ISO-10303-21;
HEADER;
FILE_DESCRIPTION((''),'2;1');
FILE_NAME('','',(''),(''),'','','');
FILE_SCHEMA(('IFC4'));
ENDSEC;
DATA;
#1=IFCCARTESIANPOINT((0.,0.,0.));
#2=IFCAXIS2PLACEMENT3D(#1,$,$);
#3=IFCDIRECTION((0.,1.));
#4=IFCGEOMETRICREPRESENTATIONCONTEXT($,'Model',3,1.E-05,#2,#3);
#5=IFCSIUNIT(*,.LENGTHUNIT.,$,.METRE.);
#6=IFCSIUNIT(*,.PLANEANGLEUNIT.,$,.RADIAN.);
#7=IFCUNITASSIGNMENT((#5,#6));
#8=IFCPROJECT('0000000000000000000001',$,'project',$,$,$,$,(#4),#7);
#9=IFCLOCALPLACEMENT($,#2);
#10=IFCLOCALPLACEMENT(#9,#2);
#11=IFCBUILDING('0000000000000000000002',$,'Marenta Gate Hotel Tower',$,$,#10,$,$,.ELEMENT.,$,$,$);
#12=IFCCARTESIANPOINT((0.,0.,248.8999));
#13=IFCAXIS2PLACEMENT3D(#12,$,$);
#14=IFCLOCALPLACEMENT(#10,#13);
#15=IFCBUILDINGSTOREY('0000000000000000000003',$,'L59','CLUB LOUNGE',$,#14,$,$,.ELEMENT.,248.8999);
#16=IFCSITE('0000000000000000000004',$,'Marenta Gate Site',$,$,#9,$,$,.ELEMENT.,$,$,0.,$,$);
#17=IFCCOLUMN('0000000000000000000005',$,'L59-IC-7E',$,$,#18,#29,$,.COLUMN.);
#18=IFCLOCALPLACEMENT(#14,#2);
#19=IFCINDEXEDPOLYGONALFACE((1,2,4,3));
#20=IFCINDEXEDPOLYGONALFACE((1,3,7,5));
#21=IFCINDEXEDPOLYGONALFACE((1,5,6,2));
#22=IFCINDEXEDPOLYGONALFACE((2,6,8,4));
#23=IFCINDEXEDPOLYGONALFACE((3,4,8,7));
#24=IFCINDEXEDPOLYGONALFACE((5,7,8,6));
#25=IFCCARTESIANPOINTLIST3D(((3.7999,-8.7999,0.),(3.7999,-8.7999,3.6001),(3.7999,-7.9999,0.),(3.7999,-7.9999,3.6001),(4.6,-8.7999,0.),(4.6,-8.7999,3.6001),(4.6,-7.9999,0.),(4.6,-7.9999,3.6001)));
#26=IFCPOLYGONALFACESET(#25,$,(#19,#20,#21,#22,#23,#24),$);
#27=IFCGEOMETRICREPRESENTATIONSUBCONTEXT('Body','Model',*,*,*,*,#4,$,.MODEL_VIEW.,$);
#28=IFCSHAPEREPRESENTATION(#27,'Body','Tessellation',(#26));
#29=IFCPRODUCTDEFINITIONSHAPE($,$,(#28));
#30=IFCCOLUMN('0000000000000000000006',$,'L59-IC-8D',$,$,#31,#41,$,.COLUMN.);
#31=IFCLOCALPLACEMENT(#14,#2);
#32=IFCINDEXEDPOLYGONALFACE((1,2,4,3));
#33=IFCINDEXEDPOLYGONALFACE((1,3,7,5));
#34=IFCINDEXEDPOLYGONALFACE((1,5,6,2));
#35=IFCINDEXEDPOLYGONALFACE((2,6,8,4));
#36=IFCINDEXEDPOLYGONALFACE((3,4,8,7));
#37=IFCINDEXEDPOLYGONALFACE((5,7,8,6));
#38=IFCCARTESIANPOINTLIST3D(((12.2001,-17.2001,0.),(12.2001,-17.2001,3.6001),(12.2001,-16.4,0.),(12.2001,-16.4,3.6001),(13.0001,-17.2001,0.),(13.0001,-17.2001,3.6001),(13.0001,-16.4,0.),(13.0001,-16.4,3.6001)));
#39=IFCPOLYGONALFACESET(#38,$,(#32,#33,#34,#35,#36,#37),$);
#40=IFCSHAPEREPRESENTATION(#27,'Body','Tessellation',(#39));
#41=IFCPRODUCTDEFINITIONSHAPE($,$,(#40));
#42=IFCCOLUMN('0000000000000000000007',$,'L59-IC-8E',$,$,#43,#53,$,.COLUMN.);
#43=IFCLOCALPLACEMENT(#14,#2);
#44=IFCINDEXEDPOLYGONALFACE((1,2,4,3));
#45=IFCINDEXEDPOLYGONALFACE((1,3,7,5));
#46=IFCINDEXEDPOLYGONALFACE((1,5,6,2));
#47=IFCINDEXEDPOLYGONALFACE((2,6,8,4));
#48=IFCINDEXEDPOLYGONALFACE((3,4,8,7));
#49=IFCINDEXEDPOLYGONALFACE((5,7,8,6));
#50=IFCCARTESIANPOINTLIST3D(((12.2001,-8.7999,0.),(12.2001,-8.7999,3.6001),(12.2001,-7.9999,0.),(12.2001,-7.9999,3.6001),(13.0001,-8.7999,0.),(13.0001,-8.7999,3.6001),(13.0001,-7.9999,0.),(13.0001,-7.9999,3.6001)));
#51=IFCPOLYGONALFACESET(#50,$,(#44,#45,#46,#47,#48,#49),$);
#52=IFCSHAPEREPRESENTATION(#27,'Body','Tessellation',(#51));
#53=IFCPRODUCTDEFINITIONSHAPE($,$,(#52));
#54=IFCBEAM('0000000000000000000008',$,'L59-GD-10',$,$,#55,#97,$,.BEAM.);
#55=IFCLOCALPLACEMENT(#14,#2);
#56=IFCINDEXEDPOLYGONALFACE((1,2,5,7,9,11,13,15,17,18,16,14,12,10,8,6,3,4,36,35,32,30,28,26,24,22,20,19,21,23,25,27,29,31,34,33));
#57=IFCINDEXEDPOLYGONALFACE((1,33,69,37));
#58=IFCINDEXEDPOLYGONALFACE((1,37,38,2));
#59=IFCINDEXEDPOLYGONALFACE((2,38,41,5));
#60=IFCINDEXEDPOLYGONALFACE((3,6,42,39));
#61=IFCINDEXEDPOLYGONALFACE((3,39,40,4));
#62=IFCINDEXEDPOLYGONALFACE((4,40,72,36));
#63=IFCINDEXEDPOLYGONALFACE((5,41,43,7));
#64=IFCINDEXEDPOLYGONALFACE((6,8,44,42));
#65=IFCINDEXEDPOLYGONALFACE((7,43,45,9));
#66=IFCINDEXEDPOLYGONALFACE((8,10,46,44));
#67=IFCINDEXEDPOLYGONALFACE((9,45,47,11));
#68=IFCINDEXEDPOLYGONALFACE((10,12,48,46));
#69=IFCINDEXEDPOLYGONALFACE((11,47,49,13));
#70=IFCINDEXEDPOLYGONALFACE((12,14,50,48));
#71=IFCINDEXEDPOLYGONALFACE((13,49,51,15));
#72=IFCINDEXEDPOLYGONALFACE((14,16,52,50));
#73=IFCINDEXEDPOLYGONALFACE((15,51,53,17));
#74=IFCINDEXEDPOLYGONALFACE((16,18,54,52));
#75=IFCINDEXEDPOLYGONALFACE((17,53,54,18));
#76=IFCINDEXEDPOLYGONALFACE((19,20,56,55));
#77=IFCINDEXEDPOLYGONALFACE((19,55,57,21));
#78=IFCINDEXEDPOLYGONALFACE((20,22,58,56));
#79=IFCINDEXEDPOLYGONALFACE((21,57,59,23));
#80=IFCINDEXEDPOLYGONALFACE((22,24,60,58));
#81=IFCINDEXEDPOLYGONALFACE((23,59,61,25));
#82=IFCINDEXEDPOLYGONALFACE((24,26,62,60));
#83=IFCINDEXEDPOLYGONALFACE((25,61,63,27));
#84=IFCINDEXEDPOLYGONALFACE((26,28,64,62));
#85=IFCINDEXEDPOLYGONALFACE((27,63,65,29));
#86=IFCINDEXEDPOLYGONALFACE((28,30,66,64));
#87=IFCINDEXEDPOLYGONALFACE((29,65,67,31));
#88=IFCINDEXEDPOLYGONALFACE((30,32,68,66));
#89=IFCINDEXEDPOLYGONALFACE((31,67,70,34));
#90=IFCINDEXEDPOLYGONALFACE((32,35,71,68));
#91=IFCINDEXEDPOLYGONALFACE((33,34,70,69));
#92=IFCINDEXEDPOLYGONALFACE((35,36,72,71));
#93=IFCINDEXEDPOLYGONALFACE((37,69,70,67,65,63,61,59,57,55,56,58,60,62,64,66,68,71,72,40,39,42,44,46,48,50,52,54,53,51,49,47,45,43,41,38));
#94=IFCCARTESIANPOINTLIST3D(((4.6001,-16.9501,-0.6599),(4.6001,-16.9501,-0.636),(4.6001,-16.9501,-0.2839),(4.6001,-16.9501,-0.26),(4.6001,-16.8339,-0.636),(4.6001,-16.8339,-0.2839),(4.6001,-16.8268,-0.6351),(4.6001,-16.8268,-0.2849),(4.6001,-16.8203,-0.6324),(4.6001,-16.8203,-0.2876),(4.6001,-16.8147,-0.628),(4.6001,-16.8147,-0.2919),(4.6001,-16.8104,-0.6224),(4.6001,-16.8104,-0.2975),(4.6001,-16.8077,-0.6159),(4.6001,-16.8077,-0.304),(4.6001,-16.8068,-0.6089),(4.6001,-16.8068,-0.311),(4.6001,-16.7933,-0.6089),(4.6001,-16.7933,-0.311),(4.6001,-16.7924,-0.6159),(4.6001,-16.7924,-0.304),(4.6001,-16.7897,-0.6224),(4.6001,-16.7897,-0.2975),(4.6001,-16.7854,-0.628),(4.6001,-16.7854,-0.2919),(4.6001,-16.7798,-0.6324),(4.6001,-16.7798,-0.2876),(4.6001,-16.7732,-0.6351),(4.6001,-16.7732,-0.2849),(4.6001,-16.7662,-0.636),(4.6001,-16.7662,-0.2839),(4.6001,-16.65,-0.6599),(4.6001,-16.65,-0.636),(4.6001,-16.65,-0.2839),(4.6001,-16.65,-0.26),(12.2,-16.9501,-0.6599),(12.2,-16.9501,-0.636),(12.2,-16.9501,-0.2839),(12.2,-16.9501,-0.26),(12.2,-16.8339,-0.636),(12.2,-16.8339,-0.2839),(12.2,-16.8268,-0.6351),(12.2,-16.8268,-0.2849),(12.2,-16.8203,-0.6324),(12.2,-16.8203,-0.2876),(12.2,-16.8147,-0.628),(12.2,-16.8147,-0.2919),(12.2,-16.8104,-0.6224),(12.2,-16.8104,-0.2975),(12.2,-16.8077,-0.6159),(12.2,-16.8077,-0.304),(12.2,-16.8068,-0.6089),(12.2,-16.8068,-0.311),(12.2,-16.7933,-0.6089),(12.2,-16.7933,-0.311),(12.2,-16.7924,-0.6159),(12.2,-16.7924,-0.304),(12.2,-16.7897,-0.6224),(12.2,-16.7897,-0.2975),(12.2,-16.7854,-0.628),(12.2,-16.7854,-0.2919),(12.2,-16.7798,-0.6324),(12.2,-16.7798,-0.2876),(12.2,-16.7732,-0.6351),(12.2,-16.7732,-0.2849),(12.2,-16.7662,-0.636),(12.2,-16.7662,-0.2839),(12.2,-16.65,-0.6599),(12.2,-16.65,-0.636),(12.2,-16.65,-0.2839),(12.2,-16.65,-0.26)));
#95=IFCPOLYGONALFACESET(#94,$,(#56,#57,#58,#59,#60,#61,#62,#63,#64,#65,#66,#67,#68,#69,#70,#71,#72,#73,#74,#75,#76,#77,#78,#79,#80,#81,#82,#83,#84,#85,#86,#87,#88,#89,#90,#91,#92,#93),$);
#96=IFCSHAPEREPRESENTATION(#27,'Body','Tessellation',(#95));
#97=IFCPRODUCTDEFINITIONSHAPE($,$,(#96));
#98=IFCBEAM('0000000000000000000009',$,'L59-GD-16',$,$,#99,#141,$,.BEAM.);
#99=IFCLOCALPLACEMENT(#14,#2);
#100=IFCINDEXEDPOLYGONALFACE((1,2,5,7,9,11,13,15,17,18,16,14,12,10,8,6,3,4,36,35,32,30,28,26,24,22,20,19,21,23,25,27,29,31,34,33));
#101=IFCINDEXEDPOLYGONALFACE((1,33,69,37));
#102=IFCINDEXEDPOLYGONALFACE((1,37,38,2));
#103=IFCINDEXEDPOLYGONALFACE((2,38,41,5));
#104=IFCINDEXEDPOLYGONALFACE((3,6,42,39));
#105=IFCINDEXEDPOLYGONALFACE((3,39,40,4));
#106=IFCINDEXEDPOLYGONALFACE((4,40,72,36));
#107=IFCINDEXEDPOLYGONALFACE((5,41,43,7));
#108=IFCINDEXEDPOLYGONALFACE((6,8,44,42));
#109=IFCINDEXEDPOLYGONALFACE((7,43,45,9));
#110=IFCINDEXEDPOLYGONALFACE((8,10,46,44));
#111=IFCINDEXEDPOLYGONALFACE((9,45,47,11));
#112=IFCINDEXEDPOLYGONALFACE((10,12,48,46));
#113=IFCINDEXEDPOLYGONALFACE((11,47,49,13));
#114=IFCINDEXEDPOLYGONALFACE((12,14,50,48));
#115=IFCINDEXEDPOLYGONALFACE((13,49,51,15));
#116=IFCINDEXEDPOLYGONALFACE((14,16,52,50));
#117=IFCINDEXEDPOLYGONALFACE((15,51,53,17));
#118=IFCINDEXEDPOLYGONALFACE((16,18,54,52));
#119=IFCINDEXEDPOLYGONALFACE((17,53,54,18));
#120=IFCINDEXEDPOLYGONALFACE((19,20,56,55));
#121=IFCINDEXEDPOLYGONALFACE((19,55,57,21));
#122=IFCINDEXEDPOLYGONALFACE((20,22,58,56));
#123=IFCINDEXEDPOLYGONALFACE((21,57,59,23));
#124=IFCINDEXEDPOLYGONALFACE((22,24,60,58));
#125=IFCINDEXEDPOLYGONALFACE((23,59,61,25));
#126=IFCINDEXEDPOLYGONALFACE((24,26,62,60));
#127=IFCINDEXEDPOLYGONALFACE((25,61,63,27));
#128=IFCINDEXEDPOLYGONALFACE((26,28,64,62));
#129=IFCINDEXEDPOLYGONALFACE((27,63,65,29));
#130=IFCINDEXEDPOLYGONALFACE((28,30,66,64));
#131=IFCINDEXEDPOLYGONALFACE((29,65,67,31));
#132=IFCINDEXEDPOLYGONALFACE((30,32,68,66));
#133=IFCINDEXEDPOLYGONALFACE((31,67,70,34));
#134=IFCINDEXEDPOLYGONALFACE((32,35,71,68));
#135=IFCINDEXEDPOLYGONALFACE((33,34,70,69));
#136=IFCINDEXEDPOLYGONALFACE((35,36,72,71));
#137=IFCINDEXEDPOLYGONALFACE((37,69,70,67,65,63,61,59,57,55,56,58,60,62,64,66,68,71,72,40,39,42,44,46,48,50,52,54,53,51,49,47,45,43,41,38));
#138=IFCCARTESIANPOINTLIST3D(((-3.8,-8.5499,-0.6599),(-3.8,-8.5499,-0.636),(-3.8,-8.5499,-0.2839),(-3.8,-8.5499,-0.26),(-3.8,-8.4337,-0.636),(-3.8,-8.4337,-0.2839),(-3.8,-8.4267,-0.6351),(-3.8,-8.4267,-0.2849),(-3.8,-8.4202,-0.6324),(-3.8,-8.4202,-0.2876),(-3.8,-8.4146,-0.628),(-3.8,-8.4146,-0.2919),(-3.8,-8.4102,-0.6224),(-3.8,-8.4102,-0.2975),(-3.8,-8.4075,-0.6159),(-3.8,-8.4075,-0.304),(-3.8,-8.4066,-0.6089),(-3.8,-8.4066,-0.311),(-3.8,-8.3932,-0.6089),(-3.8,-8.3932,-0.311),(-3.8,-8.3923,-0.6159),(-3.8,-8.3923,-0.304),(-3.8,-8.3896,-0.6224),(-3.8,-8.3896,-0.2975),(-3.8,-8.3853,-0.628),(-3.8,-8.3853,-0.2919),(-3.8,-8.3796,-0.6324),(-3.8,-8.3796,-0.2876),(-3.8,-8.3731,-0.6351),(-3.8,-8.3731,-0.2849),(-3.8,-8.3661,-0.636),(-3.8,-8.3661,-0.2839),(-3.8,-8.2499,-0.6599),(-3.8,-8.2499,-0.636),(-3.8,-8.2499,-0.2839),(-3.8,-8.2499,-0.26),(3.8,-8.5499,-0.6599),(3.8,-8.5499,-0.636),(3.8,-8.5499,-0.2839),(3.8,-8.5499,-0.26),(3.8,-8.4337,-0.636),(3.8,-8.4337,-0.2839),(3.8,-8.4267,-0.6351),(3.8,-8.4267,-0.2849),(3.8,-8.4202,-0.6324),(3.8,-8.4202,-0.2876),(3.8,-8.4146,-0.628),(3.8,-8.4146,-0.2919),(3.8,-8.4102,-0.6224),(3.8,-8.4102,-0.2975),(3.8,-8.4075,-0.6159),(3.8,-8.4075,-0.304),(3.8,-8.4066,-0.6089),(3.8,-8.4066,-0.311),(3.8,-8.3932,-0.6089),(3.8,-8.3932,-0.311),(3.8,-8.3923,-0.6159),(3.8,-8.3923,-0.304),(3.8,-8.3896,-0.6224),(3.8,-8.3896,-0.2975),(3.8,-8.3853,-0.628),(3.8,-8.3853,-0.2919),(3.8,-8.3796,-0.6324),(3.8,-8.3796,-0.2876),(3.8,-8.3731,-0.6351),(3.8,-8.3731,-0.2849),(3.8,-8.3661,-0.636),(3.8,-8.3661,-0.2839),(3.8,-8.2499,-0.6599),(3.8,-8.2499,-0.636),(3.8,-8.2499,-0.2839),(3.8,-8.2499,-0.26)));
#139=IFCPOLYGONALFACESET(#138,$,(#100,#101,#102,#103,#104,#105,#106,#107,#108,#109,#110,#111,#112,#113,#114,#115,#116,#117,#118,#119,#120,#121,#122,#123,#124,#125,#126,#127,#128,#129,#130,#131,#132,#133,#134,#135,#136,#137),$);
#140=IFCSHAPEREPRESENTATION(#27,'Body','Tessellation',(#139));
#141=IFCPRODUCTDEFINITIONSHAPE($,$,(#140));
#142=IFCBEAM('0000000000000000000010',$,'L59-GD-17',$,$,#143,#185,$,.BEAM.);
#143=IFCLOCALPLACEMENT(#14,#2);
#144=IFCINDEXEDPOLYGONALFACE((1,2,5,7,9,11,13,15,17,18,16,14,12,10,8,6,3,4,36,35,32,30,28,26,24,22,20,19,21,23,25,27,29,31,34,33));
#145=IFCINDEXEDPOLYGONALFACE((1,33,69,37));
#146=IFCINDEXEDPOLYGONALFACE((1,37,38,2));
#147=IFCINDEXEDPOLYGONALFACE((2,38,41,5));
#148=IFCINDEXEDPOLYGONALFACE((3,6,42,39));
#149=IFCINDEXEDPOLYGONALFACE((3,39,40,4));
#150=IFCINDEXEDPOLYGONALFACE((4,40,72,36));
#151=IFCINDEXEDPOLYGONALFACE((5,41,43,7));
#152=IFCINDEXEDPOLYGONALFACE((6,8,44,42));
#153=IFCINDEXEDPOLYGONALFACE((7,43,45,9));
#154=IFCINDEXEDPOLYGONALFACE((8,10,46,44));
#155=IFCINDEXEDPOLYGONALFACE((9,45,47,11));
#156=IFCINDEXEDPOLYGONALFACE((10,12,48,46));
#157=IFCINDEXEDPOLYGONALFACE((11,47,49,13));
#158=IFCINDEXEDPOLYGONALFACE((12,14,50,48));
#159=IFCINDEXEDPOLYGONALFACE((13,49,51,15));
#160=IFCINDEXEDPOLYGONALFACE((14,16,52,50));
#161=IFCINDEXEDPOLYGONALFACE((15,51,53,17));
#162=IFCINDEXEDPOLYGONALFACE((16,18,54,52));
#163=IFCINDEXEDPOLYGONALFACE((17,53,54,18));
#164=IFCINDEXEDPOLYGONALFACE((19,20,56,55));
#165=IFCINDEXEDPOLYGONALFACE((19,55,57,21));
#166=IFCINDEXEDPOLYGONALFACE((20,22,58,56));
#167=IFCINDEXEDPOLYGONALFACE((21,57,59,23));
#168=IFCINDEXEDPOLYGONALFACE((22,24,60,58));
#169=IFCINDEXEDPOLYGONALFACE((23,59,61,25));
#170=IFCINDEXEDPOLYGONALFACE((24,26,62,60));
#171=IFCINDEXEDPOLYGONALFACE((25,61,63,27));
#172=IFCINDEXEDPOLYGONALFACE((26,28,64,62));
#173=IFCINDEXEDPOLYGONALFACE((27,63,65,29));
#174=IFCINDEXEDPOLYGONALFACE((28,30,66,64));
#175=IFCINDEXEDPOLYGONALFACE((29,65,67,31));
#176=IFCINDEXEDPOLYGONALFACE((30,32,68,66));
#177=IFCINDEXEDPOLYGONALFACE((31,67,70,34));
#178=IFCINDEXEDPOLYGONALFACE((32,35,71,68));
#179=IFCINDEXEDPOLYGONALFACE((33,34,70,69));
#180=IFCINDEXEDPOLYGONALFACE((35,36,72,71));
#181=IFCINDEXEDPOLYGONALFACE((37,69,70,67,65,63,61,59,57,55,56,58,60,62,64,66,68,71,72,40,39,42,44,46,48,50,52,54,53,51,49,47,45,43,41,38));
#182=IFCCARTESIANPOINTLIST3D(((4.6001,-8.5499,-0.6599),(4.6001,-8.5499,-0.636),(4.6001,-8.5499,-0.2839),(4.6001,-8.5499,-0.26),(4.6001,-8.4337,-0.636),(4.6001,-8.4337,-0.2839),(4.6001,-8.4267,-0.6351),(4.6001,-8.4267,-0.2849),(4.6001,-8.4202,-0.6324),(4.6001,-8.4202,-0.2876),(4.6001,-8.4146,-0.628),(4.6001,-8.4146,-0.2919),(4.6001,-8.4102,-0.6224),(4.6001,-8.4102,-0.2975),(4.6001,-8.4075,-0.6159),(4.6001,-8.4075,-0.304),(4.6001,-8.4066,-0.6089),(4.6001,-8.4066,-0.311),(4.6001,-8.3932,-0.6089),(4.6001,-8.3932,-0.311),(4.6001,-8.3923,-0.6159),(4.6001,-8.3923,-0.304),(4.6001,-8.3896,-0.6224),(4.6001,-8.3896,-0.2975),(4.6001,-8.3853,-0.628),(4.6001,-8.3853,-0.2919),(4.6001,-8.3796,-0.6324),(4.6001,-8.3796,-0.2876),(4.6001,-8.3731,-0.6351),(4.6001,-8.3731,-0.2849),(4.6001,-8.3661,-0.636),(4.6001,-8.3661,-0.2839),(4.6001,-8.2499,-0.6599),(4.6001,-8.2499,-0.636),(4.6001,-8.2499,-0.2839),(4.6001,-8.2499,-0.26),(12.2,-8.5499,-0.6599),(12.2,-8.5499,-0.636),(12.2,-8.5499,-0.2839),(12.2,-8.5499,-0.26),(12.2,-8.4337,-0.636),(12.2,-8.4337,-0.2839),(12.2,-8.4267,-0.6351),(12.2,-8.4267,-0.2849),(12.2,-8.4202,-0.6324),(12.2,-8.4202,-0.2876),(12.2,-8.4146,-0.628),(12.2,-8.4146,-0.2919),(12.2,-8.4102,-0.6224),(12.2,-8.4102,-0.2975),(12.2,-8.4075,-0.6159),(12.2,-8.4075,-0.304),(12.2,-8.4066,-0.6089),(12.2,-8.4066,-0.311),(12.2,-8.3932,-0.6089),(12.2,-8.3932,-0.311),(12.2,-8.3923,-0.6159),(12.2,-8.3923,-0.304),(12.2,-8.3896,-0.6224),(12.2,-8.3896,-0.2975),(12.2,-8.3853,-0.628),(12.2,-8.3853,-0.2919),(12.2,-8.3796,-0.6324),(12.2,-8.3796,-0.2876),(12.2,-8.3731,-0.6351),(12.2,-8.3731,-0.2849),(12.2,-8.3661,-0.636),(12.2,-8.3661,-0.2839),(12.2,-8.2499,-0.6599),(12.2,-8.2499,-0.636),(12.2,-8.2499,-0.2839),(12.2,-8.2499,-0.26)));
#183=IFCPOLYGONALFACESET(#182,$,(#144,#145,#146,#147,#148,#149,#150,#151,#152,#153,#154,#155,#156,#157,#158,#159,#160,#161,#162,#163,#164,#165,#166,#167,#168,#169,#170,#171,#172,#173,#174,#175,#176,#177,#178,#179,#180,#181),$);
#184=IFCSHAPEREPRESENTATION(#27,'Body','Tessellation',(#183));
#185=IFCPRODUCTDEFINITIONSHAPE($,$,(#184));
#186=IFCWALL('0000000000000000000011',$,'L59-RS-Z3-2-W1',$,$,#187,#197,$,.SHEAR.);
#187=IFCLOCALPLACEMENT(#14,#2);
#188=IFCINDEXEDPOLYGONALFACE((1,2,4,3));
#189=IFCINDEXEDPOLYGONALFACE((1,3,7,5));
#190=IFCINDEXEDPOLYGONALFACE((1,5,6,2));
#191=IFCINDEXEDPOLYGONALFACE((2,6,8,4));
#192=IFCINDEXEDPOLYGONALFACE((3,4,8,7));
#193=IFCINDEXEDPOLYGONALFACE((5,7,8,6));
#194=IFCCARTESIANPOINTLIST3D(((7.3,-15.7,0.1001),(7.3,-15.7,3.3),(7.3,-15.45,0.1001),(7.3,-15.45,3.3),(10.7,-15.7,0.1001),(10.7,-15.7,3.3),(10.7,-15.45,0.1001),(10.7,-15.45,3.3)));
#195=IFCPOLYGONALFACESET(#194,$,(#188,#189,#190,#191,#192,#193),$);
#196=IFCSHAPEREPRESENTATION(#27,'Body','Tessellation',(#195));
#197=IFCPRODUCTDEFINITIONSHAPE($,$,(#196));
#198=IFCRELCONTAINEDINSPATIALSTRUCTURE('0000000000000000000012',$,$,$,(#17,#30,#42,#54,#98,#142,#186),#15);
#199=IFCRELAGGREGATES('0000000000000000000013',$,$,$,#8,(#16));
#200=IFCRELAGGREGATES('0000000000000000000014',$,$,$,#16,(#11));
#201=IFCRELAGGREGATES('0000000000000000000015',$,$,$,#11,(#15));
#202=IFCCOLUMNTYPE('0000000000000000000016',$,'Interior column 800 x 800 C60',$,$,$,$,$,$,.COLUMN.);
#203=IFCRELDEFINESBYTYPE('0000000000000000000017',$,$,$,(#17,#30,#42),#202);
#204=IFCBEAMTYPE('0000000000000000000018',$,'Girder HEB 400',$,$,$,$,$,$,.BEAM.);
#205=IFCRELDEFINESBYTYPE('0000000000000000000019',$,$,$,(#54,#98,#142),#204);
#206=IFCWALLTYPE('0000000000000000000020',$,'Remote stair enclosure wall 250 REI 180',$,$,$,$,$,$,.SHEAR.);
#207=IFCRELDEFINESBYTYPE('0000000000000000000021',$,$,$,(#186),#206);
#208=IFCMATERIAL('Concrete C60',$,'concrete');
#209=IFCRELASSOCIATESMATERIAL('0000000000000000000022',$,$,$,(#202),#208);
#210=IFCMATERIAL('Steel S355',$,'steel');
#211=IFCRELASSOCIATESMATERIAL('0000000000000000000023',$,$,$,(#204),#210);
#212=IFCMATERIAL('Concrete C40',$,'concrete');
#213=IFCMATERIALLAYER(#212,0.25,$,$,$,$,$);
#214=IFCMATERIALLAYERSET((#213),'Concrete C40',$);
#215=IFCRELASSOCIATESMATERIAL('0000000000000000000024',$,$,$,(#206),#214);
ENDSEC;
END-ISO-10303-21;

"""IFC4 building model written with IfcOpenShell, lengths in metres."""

from ifc_helpers import new_model, si_unit, direction, frame, frame_2d, origin, origin_2d, place, context, subcontext, project, spatial, rectangle, i_section, extrude, material, layer, layer_set, material_profile, profile_set, type_object, element, save


model = new_model("IFC4")

# Units and contexts
model_context = context("Model", 3, precision=1e-05, world=origin(), true_north=direction((0.0, 1.0)))
body_context = subcontext(model_context, "Body", "Model", "MODEL_VIEW")
ifc_project = project(units=[si_unit("LENGTHUNIT", "METRE"), si_unit("PLANEANGLEUNIT", "RADIAN")], contexts=[model_context])

# Site, building, storey
site_placement = place(None, origin())
site = spatial("IfcSite", under=ifc_project, at=site_placement, Name="Marenta Gate Site", CompositionType="ELEMENT", RefElevation=0.0)
building_placement = place(site_placement, origin())
building = spatial("IfcBuilding", under=site, at=building_placement, Name="Marenta Gate Hotel Tower", CompositionType="ELEMENT")
storey_placement = place(building_placement, frame((0.0, 0.0, 248.8999)))
storey = spatial("IfcBuildingStorey", under=building, at=storey_placement, Name="L59", Description="CLUB LOUNGE", CompositionType="ELEMENT", Elevation=248.8999)

# Columns
ifc_material_1 = material(Name="Concrete C60", Category="concrete")
ifc_material_profile_1 = material_profile(ifc_material_1, rectangle(XDim=0.8, YDim=0.8, at=origin_2d()), Name="800 x 800")
ifc_profile_set_1 = profile_set([ifc_material_profile_1], Name="Concrete C60")
column_type = type_object("IfcColumnType", Name="Interior column 800 x 800 C60", PredefinedType="COLUMN", material=ifc_profile_set_1)
for number, where, z_axis, x_axis, name in (
    (1, (4.2, -8.3999, 0.0), (0.0, 0.0, 1.0), (1.0, 0.0, 0.0), "L59-IC-7E"),
    (2, (12.6001, -16.8, 0.0), (0.0, 0.0, 1.0), (1.0, 0.0, 0.0), "L59-IC-8D"),
    (3, (12.6001, -8.3999, 0.0), (0.0, 0.0, 1.0), (1.0, 0.0, 0.0), "L59-IC-8E"),
):
    element("IfcColumn", number, at=place(storey_placement, frame(where, z_axis=z_axis, x_axis=x_axis)), inside=storey, type_object=column_type, Name=name, PredefinedType="COLUMN", context=body_context, shape_type="SweptSolid", body=[
        extrude(rectangle(XDim=0.8, YDim=0.8, at=origin_2d()), origin(), (0.0, 0.0, 1.0), 3.6001),
    ])

# Beams
ifc_material_2 = material(Name="Steel S355", Category="steel")
ifc_material_profile_2 = material_profile(ifc_material_2, i_section(OverallWidth=0.3, OverallDepth=0.3999, WebThickness=0.0134, FlangeThickness=0.0239, FilletRadius=0.0271, at=origin_2d()), Name="HEB 400")
ifc_profile_set_2 = profile_set([ifc_material_profile_2], Name="Steel S355")
beam_type = type_object("IfcBeamType", Name="Girder HEB 400", PredefinedType="BEAM", material=ifc_profile_set_2)
beam_1_placement = place(storey_placement, frame((4.6001, -16.8, -0.46), z_axis=(1.0, 0.0, 0.0), x_axis=(0.0, 1.0, 0.0)))
element("IfcBeam", 4, at=beam_1_placement, inside=storey, type_object=beam_type, Name="L59-GD-10", PredefinedType="BEAM", context=body_context, shape_type="SweptSolid", body=[
    extrude(i_section(OverallWidth=0.3, OverallDepth=0.3999, WebThickness=0.0134, FlangeThickness=0.0239, FilletRadius=0.0271, at=origin_2d()), origin(), (0.0, 0.0, 1.0), 7.5999),
])
beam_2_placement = place(storey_placement, frame((-3.8, -8.3999, -0.46), z_axis=(1.0, 0.0, 0.0), x_axis=(0.0, 1.0, 0.0)))
element("IfcBeam", 5, at=beam_2_placement, inside=storey, type_object=beam_type, Name="L59-GD-16", PredefinedType="BEAM", context=body_context, shape_type="SweptSolid", body=[
    extrude(i_section(OverallWidth=0.3, OverallDepth=0.3999, WebThickness=0.0134, FlangeThickness=0.0239, FilletRadius=0.0271, at=origin_2d()), origin(), (0.0, 0.0, 1.0), 7.6001),
])
beam_3_placement = place(storey_placement, frame((4.6001, -8.3999, -0.46), z_axis=(1.0, 0.0, 0.0), x_axis=(0.0, 1.0, 0.0)))
element("IfcBeam", 6, at=beam_3_placement, inside=storey, type_object=beam_type, Name="L59-GD-17", PredefinedType="BEAM", context=body_context, shape_type="SweptSolid", body=[
    extrude(i_section(OverallWidth=0.3, OverallDepth=0.3999, WebThickness=0.0134, FlangeThickness=0.0239, FilletRadius=0.0271, at=origin_2d()), origin(), (0.0, 0.0, 1.0), 7.5999),
])

# Wall
ifc_material_3 = material(Name="Concrete C40", Category="concrete")
ifc_layer_1 = layer(ifc_material_3, 0.25)
ifc_layer_set_1 = layer_set([ifc_layer_1], Name="Concrete C40")
wall_type_1 = type_object("IfcWallType", Name="Remote stair enclosure wall 250 REI 180", PredefinedType="SHEAR", material=ifc_layer_set_1)
wall_1_placement = place(storey_placement, frame((7.3, -15.575, 0.1001), z_axis=(0.0, 0.0, 1.0), x_axis=(1.0, 0.0, 0.0)))
element("IfcWall", 7, at=wall_1_placement, inside=storey, type_object=wall_type_1, Name="L59-RS-Z3-2-W1", PredefinedType="SHEAR", context=body_context, shape_type="SweptSolid", body=[
    extrude(rectangle(XDim=3.3999, YDim=0.25, at=frame_2d((1.7, 0.0))), origin(), (0.0, 0.0, 1.0), 3.2),
])

save(model, "model.ifc")
